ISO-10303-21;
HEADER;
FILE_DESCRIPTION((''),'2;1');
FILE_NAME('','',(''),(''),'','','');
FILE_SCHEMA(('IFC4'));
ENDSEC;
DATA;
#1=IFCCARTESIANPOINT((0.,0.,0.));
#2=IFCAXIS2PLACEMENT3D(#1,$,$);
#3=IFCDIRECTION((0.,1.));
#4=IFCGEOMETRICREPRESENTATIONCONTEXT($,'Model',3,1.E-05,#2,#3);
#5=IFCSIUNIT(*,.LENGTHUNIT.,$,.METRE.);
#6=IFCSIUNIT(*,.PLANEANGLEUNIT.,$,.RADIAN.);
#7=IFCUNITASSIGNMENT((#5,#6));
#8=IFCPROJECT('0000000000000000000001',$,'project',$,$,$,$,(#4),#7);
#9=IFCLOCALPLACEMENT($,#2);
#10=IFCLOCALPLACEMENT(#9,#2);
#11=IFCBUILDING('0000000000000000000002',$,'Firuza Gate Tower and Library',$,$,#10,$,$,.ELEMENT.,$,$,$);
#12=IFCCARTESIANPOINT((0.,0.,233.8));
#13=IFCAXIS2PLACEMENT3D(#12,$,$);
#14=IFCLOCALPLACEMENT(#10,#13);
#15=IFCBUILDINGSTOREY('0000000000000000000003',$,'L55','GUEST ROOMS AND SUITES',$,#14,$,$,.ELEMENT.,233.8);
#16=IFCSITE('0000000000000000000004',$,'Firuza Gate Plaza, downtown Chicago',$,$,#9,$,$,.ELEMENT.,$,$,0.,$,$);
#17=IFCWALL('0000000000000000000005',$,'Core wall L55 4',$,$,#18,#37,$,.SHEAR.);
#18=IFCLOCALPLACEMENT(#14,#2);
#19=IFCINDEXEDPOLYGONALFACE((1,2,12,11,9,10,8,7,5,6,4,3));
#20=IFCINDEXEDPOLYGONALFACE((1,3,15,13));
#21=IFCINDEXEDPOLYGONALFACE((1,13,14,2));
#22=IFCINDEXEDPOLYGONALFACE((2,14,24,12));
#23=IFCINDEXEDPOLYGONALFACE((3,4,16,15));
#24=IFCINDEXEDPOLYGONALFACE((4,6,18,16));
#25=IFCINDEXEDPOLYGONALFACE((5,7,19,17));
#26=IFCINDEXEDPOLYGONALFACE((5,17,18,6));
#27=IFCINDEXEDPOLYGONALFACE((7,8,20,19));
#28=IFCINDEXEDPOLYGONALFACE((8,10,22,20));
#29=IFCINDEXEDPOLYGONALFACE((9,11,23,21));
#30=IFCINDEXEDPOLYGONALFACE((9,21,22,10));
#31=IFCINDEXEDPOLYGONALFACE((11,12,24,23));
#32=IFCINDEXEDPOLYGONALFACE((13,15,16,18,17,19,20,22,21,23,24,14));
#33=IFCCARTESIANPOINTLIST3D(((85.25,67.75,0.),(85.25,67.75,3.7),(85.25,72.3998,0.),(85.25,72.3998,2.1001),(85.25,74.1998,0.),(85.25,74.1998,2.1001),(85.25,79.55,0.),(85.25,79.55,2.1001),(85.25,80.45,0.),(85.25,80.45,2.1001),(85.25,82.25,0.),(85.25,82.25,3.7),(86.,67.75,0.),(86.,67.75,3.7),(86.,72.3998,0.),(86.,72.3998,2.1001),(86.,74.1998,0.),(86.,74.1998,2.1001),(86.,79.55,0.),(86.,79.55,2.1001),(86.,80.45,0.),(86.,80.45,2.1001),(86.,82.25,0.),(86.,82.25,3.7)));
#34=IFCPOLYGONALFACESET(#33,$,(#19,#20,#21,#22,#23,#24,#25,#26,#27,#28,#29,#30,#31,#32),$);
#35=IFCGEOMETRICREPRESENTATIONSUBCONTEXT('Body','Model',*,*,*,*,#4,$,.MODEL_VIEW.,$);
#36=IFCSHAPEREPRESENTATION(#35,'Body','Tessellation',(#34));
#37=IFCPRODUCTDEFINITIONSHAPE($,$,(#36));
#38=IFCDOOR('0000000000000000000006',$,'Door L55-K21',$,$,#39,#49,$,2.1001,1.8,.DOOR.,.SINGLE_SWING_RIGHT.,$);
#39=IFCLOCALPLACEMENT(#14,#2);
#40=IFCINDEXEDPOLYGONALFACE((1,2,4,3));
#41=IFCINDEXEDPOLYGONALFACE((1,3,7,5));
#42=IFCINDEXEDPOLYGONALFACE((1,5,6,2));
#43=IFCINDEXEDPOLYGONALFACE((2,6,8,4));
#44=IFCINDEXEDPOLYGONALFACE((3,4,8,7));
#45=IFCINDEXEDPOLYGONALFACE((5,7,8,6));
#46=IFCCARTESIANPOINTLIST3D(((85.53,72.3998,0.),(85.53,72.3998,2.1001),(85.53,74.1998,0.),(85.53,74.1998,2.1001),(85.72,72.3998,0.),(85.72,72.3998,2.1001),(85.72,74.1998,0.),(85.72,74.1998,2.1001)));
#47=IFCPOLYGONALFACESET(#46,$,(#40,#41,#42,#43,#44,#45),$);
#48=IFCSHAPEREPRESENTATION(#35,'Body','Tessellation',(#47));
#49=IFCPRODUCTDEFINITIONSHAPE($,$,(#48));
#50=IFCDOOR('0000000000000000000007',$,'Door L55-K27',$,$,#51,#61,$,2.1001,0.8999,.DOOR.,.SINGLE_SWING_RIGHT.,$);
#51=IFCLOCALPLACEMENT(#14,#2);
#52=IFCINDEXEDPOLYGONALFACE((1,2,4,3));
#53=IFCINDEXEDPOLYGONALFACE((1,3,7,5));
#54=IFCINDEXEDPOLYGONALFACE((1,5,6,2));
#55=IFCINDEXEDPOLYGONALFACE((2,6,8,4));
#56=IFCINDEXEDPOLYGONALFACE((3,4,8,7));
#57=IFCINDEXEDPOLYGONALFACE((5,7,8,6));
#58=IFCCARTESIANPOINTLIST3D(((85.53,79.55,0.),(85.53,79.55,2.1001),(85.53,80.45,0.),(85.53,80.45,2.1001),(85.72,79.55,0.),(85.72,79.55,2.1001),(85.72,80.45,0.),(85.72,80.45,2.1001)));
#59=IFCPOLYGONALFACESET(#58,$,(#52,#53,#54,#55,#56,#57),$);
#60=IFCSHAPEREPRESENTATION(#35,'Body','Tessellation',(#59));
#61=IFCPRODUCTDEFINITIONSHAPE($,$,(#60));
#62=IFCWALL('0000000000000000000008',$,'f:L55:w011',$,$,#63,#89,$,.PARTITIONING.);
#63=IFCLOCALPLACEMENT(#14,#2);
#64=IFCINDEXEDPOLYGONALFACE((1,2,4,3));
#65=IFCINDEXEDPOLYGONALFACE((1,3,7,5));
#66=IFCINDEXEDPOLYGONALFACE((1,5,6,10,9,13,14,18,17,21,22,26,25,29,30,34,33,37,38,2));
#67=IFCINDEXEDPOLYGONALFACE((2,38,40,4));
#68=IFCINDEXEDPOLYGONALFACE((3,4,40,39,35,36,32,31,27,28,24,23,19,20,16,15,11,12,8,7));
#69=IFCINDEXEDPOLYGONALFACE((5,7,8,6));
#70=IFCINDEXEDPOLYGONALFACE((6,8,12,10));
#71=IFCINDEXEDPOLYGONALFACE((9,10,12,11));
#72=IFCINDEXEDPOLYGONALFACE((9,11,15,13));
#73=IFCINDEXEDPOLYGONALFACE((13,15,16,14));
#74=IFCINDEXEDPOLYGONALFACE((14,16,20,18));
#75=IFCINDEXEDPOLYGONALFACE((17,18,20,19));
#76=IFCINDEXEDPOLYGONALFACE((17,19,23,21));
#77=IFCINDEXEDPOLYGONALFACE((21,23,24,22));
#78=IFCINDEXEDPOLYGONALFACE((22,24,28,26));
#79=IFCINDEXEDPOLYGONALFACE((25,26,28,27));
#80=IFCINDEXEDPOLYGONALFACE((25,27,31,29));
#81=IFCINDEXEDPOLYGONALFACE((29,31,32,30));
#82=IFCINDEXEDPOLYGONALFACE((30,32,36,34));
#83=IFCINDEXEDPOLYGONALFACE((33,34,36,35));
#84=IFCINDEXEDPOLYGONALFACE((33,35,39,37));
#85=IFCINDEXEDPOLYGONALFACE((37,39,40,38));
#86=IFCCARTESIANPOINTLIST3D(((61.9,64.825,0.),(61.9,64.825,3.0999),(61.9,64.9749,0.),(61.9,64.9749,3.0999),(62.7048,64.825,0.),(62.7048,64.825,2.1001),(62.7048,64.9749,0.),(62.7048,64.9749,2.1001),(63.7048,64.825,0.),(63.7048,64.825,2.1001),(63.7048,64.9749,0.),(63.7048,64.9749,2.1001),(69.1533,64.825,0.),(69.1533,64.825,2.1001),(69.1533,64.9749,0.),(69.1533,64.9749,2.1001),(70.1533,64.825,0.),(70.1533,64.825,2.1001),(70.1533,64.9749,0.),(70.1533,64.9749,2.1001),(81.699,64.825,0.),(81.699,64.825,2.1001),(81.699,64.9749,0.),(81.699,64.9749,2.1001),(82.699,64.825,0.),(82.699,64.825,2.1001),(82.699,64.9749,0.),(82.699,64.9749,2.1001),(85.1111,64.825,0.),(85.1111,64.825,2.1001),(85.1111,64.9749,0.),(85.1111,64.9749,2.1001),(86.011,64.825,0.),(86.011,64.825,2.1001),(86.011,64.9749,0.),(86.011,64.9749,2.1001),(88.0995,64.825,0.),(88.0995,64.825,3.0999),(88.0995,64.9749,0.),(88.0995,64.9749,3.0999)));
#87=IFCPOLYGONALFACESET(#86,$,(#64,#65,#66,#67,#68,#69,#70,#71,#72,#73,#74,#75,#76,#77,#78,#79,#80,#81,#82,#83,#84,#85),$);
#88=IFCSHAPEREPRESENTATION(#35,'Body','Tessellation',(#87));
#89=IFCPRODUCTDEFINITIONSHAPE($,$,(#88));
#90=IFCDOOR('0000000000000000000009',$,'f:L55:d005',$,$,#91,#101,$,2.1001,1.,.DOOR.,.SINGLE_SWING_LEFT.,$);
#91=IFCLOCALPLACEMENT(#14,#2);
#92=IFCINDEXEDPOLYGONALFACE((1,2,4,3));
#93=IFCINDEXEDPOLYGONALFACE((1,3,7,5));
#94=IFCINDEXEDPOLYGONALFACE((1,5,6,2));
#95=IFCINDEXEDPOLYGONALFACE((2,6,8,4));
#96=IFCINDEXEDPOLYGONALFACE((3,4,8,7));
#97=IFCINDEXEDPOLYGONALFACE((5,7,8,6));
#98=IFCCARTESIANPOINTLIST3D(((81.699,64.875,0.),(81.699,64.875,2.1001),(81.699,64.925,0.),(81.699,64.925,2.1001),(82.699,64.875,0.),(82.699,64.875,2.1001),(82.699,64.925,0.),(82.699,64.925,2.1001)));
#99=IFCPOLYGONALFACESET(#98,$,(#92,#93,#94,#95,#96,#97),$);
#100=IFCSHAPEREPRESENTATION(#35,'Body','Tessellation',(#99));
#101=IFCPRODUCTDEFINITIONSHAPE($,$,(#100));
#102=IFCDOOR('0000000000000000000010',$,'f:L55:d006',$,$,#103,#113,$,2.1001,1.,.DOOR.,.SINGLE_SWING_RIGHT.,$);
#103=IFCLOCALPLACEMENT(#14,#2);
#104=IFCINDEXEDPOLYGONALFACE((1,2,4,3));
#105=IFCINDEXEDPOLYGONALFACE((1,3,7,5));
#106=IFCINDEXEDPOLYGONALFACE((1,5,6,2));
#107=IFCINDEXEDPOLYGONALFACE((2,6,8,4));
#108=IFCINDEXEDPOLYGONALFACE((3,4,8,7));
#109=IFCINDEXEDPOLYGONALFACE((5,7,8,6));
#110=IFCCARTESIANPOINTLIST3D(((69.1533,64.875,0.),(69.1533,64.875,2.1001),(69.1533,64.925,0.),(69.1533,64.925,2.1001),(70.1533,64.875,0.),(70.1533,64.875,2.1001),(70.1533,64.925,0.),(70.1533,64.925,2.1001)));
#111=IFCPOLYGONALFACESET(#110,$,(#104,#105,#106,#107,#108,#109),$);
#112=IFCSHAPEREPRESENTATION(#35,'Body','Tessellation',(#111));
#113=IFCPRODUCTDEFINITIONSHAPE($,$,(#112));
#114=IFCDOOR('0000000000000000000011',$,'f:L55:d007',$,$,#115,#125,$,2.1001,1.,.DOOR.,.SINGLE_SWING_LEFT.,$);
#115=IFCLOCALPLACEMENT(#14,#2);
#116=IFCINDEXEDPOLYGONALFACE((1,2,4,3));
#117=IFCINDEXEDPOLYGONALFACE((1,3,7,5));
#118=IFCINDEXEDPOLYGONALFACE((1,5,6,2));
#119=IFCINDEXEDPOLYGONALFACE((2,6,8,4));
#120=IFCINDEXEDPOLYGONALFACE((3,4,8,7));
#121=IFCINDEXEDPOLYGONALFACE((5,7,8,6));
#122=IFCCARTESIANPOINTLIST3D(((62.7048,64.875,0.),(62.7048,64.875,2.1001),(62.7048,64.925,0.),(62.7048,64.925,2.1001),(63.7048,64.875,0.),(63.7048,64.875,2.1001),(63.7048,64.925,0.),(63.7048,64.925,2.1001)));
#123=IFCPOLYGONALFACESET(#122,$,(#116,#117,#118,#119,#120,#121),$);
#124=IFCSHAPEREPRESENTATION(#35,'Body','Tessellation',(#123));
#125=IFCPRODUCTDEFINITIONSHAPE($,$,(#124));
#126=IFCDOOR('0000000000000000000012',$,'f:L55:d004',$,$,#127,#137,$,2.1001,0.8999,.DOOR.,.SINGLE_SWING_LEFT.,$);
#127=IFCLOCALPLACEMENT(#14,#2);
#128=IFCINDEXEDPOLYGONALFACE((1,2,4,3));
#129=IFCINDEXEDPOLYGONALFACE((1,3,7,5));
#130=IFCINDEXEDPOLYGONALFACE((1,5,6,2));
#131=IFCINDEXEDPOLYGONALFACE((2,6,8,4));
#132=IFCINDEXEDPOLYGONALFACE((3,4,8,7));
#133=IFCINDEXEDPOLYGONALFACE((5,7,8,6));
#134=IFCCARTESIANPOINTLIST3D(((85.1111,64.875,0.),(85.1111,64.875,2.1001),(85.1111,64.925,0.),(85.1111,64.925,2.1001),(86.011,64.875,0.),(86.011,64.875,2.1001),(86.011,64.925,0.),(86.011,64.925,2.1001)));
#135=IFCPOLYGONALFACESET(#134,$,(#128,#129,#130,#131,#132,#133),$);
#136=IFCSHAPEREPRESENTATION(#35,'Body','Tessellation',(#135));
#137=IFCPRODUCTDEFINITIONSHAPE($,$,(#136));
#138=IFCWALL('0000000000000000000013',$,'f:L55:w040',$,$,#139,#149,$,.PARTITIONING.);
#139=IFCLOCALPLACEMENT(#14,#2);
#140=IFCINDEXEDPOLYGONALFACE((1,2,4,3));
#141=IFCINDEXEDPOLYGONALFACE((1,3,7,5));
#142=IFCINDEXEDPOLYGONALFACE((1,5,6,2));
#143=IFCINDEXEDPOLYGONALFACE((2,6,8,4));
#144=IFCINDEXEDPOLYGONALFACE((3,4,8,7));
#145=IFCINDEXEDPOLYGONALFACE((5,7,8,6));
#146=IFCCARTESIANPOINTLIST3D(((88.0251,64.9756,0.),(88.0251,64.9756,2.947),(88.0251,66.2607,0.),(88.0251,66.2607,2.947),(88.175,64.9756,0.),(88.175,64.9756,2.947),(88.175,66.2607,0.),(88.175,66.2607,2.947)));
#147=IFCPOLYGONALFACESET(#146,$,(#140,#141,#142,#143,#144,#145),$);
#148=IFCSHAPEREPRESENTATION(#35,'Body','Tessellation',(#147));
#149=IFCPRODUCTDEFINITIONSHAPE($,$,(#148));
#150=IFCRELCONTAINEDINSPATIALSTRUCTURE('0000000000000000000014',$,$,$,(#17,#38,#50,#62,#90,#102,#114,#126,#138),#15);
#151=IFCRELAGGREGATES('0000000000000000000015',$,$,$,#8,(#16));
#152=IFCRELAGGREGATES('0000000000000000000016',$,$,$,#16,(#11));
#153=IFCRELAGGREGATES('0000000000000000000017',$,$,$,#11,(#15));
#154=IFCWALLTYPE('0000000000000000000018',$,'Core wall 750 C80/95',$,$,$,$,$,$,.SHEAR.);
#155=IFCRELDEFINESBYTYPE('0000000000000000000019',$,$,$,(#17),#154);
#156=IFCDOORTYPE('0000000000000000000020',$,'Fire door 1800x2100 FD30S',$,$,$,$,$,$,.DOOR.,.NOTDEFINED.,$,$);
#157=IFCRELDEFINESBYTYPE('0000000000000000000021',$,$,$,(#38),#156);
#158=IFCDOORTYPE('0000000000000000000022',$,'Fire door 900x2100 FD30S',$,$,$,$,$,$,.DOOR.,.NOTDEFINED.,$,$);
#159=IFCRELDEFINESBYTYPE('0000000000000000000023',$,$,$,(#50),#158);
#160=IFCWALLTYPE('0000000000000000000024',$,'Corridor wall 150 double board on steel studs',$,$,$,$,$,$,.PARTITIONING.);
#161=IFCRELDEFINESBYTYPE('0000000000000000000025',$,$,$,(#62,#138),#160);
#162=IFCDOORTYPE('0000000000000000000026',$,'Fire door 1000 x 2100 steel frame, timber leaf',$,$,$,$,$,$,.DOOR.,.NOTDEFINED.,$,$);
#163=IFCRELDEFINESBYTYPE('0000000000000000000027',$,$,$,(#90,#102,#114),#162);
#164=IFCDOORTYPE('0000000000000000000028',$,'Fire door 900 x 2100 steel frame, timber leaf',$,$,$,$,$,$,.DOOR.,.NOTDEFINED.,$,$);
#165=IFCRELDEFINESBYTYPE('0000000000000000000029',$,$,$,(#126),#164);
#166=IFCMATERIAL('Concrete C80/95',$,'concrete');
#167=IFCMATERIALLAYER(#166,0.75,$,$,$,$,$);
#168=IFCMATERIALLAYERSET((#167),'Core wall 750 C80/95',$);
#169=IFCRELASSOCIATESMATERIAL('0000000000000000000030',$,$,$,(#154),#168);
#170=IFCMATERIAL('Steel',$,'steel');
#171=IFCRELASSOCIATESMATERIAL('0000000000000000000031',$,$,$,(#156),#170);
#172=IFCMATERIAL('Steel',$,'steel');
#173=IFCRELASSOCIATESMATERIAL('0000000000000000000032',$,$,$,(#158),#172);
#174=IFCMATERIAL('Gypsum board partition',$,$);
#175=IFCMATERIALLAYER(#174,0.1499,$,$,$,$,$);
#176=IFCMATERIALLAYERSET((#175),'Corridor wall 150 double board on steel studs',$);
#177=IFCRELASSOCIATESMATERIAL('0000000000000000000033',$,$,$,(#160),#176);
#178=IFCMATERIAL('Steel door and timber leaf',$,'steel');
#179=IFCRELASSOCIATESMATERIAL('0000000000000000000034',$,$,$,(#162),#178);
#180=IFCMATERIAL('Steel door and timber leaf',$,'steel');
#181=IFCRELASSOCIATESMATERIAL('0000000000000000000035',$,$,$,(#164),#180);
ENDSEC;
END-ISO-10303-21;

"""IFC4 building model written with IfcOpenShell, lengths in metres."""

from ifc_helpers import new_model, si_unit, direction, frame, frame_2d, origin, place, context, subcontext, project, spatial, rectangle, extrude, material, layer, layer_set, type_object, element, fill, save


model = new_model("IFC4")

# Units and contexts
model_context = context("Model", 3, precision=1e-05, world=origin(), true_north=direction((0.0, 1.0)))
body_context = subcontext(model_context, "Body", "Model", "MODEL_VIEW")
ifc_project = project(units=[si_unit("LENGTHUNIT", "METRE"), si_unit("PLANEANGLEUNIT", "RADIAN")], contexts=[model_context])

# Site, building, storey
site_placement = place(None, origin())
site = spatial("IfcSite", under=ifc_project, at=site_placement, Name="Firuza Gate Plaza, downtown Chicago", CompositionType="ELEMENT", RefElevation=0.0)
building_placement = place(site_placement, origin())
building = spatial("IfcBuilding", under=site, at=building_placement, Name="Firuza Gate Tower and Library", CompositionType="ELEMENT")
storey_placement = place(building_placement, frame((0.0, 0.0, 233.8)))
storey = spatial("IfcBuildingStorey", under=building, at=storey_placement, Name="L55", Description="GUEST ROOMS AND SUITES", CompositionType="ELEMENT", Elevation=233.8)

# Walls, openings, doors
ifc_material_1 = material(Name="Concrete C80/95", Category="concrete")
ifc_layer_1 = layer(ifc_material_1, 0.75)
ifc_layer_set_1 = layer_set([ifc_layer_1], Name="Core wall 750 C80/95")
wall_type_1 = type_object("IfcWallType", Name="Core wall 750 C80/95", PredefinedType="SHEAR", material=ifc_layer_set_1)
wall_1_placement = place(storey_placement, frame((85.625, 67.75, 0.0), z_axis=(0.0, 0.0, 1.0), x_axis=(0.0, 1.0, 0.0)))
wall_1 = element("IfcWall", 1, at=wall_1_placement, inside=storey, type_object=wall_type_1, Name="Core wall L55 4", PredefinedType="SHEAR", context=body_context, shape_type="SweptSolid", body=[
    extrude(rectangle(XDim=14.5, YDim=0.75, at=frame_2d((7.25, 0.0))), origin(), (0.0, 0.0, 1.0), 3.7),
])
opening_1_placement = place(wall_1_placement, frame((4.6499, 0.0, 0.0)))
opening_1 = element("IfcOpeningElement", 2, at=opening_1_placement, cuts=wall_1, PredefinedType="OPENING", context=body_context, shape_type="SweptSolid", body=[
    extrude(rectangle(XDim=1.8, YDim=2.1001, at=frame_2d((0.8999, 1.05))), frame((0.0, 0.385, 0.0), z_axis=(0.0, -1.0, 0.0), x_axis=(1.0, 0.0, 0.0)), (0.0, 0.0, 1.0), 0.77),
])
opening_2_placement = place(wall_1_placement, frame((11.8, 0.0, 0.0)))
opening_2 = element("IfcOpeningElement", 3, at=opening_2_placement, cuts=wall_1, PredefinedType="OPENING", context=body_context, shape_type="SweptSolid", body=[
    extrude(rectangle(XDim=0.8999, YDim=2.1001, at=frame_2d((0.45, 1.05))), frame((0.0, 0.385, 0.0), z_axis=(0.0, -1.0, 0.0), x_axis=(1.0, 0.0, 0.0)), (0.0, 0.0, 1.0), 0.77),
])
ifc_material_2 = material(Name="Steel", Category="steel")
door_type_1 = type_object("IfcDoorType", Name="Fire door 1800x2100 FD30S", OperationType="NOTDEFINED", PredefinedType="DOOR", material=ifc_material_2)
door_1_placement = place(opening_1_placement, origin())
door_1 = element("IfcDoor", 4, at=door_1_placement, inside=storey, type_object=door_type_1, Name="Door L55-K21", OperationType="SINGLE_SWING_RIGHT", OverallHeight=2.1001, OverallWidth=1.8, PredefinedType="DOOR", context=body_context, shape_type="SweptSolid", body=[
    extrude(rectangle(XDim=1.8, YDim=2.1001, at=frame_2d((0.8999, 1.05))), frame((0.0, 0.095, 0.0), z_axis=(0.0, -1.0, 0.0), x_axis=(1.0, 0.0, 0.0)), (0.0, 0.0, 1.0), 0.1899),
])
fill(opening_1, door_1)
ifc_material_3 = material(Name="Steel", Category="steel")
door_type_2 = type_object("IfcDoorType", Name="Fire door 900x2100 FD30S", OperationType="NOTDEFINED", PredefinedType="DOOR", material=ifc_material_3)
door_2_placement = place(opening_2_placement, origin())
door_2 = element("IfcDoor", 5, at=door_2_placement, inside=storey, type_object=door_type_2, Name="Door L55-K27", OperationType="SINGLE_SWING_RIGHT", OverallHeight=2.1001, OverallWidth=0.8999, PredefinedType="DOOR", context=body_context, shape_type="SweptSolid", body=[
    extrude(rectangle(XDim=0.8999, YDim=2.1001, at=frame_2d((0.45, 1.05))), frame((0.0, 0.095, 0.0), z_axis=(0.0, -1.0, 0.0), x_axis=(1.0, 0.0, 0.0)), (0.0, 0.0, 1.0), 0.1899),
])
fill(opening_2, door_2)
ifc_material_4 = material(Name="Gypsum board partition")
ifc_layer_2 = layer(ifc_material_4, 0.1499)
ifc_layer_set_2 = layer_set([ifc_layer_2], Name="Corridor wall 150 double board on steel studs")
wall_type_2 = type_object("IfcWallType", Name="Corridor wall 150 double board on steel studs", PredefinedType="PARTITIONING", material=ifc_layer_set_2)
wall_2_placement = place(storey_placement, frame((88.0994, 64.8999, 0.0), z_axis=(0.0, 0.0, 1.0), x_axis=(-1.0, 0.0, 0.0)))
wall_2 = element("IfcWall", 6, at=wall_2_placement, inside=storey, type_object=wall_type_2, Name="f:L55:w011", PredefinedType="PARTITIONING", context=body_context, shape_type="SweptSolid", body=[
    extrude(rectangle(XDim=26.1995, YDim=0.1499, at=frame_2d((13.0996, 0.0))), origin(), (0.0, 0.0, 1.0), 3.0999),
])
opening_3_placement = place(wall_2_placement, frame((2.0884, 0.0, 0.0)))
opening_3 = element("IfcOpeningElement", 7, at=opening_3_placement, cuts=wall_2, PredefinedType="OPENING", context=body_context, shape_type="SweptSolid", body=[
    extrude(rectangle(XDim=0.8999, YDim=2.1001, at=frame_2d((0.45, 1.05))), frame((0.0, 0.085, 0.0), z_axis=(0.0, -1.0, 0.0), x_axis=(1.0, 0.0, 0.0)), (0.0, 0.0, 1.0), 0.1699),
])
opening_4_placement = place(wall_2_placement, frame((5.4004, 0.0, 0.0)))
opening_4 = element("IfcOpeningElement", 8, at=opening_4_placement, cuts=wall_2, PredefinedType="OPENING", context=body_context, shape_type="SweptSolid", body=[
    extrude(rectangle(XDim=1.0, YDim=2.1001, at=frame_2d((0.5, 1.05))), frame((0.0, 0.085, 0.0), z_axis=(0.0, -1.0, 0.0), x_axis=(1.0, 0.0, 0.0)), (0.0, 0.0, 1.0), 0.1699),
])
opening_5_placement = place(wall_2_placement, frame((17.946, 0.0, 0.0)))
opening_5 = element("IfcOpeningElement", 9, at=opening_5_placement, cuts=wall_2, PredefinedType="OPENING", context=body_context, shape_type="SweptSolid", body=[
    extrude(rectangle(XDim=1.0, YDim=2.1001, at=frame_2d((0.5, 1.05))), frame((0.0, 0.085, 0.0), z_axis=(0.0, -1.0, 0.0), x_axis=(1.0, 0.0, 0.0)), (0.0, 0.0, 1.0), 0.1699),
])
opening_6_placement = place(wall_2_placement, frame((24.3945, 0.0, 0.0)))
opening_6 = element("IfcOpeningElement", 10, at=opening_6_placement, cuts=wall_2, PredefinedType="OPENING", context=body_context, shape_type="SweptSolid", body=[
    extrude(rectangle(XDim=1.0, YDim=2.1001, at=frame_2d((0.5, 1.05))), frame((0.0, 0.085, 0.0), z_axis=(0.0, -1.0, 0.0), x_axis=(1.0, 0.0, 0.0)), (0.0, 0.0, 1.0), 0.1699),
])
ifc_material_5 = material(Name="Steel door and timber leaf", Category="steel")
door_type_3 = type_object("IfcDoorType", Name="Fire door 1000 x 2100 steel frame, timber leaf", OperationType="NOTDEFINED", PredefinedType="DOOR", material=ifc_material_5)
door_3_placement = place(opening_4_placement, origin())
door_3 = element("IfcDoor", 11, at=door_3_placement, inside=storey, type_object=door_type_3, Name="f:L55:d005", OperationType="SINGLE_SWING_LEFT", OverallHeight=2.1001, OverallWidth=1.0, PredefinedType="DOOR", context=body_context, shape_type="SweptSolid", body=[
    extrude(rectangle(XDim=1.0, YDim=2.1001, at=frame_2d((0.5, 1.05))), frame((0.0, 0.0249, 0.0), z_axis=(0.0, -1.0, 0.0), x_axis=(1.0, 0.0, 0.0)), (0.0, 0.0, 1.0), 0.05),
])
fill(opening_4, door_3)
door_4_placement = place(opening_5_placement, origin())
door_4 = element("IfcDoor", 12, at=door_4_placement, inside=storey, type_object=door_type_3, Name="f:L55:d006", OperationType="SINGLE_SWING_RIGHT", OverallHeight=2.1001, OverallWidth=1.0, PredefinedType="DOOR", context=body_context, shape_type="SweptSolid", body=[
    extrude(rectangle(XDim=1.0, YDim=2.1001, at=frame_2d((0.5, 1.05))), frame((0.0, 0.0249, 0.0), z_axis=(0.0, -1.0, 0.0), x_axis=(1.0, 0.0, 0.0)), (0.0, 0.0, 1.0), 0.05),
])
fill(opening_5, door_4)
door_5_placement = place(opening_6_placement, origin())
door_5 = element("IfcDoor", 13, at=door_5_placement, inside=storey, type_object=door_type_3, Name="f:L55:d007", OperationType="SINGLE_SWING_LEFT", OverallHeight=2.1001, OverallWidth=1.0, PredefinedType="DOOR", context=body_context, shape_type="SweptSolid", body=[
    extrude(rectangle(XDim=1.0, YDim=2.1001, at=frame_2d((0.5, 1.05))), frame((0.0, 0.0249, 0.0), z_axis=(0.0, -1.0, 0.0), x_axis=(1.0, 0.0, 0.0)), (0.0, 0.0, 1.0), 0.05),
])
fill(opening_6, door_5)
ifc_material_6 = material(Name="Steel door and timber leaf", Category="steel")
door_type_4 = type_object("IfcDoorType", Name="Fire door 900 x 2100 steel frame, timber leaf", OperationType="NOTDEFINED", PredefinedType="DOOR", material=ifc_material_6)
door_6_placement = place(opening_3_placement, origin())
door_6 = element("IfcDoor", 14, at=door_6_placement, inside=storey, type_object=door_type_4, Name="f:L55:d004", OperationType="SINGLE_SWING_LEFT", OverallHeight=2.1001, OverallWidth=0.8999, PredefinedType="DOOR", context=body_context, shape_type="SweptSolid", body=[
    extrude(rectangle(XDim=0.8999, YDim=2.1001, at=frame_2d((0.45, 1.05))), frame((0.0, 0.0249, 0.0), z_axis=(0.0, -1.0, 0.0), x_axis=(1.0, 0.0, 0.0)), (0.0, 0.0, 1.0), 0.05),
])
fill(opening_3, door_6)

# Wall
wall_3_placement = place(storey_placement, frame((88.1001, 64.9756, 0.0), z_axis=(0.0, 0.0, 1.0), x_axis=(0.0, 1.0, 0.0)))
element("IfcWall", 15, at=wall_3_placement, inside=storey, type_object=wall_type_2, Name="f:L55:w040", PredefinedType="PARTITIONING", context=body_context, shape_type="SweptSolid", body=[
    extrude(rectangle(XDim=1.2852, YDim=0.1499, at=frame_2d((0.6426, 0.0))), origin(), (0.0, 0.0, 1.0), 2.947),
])

save(model, "model.ifc")
